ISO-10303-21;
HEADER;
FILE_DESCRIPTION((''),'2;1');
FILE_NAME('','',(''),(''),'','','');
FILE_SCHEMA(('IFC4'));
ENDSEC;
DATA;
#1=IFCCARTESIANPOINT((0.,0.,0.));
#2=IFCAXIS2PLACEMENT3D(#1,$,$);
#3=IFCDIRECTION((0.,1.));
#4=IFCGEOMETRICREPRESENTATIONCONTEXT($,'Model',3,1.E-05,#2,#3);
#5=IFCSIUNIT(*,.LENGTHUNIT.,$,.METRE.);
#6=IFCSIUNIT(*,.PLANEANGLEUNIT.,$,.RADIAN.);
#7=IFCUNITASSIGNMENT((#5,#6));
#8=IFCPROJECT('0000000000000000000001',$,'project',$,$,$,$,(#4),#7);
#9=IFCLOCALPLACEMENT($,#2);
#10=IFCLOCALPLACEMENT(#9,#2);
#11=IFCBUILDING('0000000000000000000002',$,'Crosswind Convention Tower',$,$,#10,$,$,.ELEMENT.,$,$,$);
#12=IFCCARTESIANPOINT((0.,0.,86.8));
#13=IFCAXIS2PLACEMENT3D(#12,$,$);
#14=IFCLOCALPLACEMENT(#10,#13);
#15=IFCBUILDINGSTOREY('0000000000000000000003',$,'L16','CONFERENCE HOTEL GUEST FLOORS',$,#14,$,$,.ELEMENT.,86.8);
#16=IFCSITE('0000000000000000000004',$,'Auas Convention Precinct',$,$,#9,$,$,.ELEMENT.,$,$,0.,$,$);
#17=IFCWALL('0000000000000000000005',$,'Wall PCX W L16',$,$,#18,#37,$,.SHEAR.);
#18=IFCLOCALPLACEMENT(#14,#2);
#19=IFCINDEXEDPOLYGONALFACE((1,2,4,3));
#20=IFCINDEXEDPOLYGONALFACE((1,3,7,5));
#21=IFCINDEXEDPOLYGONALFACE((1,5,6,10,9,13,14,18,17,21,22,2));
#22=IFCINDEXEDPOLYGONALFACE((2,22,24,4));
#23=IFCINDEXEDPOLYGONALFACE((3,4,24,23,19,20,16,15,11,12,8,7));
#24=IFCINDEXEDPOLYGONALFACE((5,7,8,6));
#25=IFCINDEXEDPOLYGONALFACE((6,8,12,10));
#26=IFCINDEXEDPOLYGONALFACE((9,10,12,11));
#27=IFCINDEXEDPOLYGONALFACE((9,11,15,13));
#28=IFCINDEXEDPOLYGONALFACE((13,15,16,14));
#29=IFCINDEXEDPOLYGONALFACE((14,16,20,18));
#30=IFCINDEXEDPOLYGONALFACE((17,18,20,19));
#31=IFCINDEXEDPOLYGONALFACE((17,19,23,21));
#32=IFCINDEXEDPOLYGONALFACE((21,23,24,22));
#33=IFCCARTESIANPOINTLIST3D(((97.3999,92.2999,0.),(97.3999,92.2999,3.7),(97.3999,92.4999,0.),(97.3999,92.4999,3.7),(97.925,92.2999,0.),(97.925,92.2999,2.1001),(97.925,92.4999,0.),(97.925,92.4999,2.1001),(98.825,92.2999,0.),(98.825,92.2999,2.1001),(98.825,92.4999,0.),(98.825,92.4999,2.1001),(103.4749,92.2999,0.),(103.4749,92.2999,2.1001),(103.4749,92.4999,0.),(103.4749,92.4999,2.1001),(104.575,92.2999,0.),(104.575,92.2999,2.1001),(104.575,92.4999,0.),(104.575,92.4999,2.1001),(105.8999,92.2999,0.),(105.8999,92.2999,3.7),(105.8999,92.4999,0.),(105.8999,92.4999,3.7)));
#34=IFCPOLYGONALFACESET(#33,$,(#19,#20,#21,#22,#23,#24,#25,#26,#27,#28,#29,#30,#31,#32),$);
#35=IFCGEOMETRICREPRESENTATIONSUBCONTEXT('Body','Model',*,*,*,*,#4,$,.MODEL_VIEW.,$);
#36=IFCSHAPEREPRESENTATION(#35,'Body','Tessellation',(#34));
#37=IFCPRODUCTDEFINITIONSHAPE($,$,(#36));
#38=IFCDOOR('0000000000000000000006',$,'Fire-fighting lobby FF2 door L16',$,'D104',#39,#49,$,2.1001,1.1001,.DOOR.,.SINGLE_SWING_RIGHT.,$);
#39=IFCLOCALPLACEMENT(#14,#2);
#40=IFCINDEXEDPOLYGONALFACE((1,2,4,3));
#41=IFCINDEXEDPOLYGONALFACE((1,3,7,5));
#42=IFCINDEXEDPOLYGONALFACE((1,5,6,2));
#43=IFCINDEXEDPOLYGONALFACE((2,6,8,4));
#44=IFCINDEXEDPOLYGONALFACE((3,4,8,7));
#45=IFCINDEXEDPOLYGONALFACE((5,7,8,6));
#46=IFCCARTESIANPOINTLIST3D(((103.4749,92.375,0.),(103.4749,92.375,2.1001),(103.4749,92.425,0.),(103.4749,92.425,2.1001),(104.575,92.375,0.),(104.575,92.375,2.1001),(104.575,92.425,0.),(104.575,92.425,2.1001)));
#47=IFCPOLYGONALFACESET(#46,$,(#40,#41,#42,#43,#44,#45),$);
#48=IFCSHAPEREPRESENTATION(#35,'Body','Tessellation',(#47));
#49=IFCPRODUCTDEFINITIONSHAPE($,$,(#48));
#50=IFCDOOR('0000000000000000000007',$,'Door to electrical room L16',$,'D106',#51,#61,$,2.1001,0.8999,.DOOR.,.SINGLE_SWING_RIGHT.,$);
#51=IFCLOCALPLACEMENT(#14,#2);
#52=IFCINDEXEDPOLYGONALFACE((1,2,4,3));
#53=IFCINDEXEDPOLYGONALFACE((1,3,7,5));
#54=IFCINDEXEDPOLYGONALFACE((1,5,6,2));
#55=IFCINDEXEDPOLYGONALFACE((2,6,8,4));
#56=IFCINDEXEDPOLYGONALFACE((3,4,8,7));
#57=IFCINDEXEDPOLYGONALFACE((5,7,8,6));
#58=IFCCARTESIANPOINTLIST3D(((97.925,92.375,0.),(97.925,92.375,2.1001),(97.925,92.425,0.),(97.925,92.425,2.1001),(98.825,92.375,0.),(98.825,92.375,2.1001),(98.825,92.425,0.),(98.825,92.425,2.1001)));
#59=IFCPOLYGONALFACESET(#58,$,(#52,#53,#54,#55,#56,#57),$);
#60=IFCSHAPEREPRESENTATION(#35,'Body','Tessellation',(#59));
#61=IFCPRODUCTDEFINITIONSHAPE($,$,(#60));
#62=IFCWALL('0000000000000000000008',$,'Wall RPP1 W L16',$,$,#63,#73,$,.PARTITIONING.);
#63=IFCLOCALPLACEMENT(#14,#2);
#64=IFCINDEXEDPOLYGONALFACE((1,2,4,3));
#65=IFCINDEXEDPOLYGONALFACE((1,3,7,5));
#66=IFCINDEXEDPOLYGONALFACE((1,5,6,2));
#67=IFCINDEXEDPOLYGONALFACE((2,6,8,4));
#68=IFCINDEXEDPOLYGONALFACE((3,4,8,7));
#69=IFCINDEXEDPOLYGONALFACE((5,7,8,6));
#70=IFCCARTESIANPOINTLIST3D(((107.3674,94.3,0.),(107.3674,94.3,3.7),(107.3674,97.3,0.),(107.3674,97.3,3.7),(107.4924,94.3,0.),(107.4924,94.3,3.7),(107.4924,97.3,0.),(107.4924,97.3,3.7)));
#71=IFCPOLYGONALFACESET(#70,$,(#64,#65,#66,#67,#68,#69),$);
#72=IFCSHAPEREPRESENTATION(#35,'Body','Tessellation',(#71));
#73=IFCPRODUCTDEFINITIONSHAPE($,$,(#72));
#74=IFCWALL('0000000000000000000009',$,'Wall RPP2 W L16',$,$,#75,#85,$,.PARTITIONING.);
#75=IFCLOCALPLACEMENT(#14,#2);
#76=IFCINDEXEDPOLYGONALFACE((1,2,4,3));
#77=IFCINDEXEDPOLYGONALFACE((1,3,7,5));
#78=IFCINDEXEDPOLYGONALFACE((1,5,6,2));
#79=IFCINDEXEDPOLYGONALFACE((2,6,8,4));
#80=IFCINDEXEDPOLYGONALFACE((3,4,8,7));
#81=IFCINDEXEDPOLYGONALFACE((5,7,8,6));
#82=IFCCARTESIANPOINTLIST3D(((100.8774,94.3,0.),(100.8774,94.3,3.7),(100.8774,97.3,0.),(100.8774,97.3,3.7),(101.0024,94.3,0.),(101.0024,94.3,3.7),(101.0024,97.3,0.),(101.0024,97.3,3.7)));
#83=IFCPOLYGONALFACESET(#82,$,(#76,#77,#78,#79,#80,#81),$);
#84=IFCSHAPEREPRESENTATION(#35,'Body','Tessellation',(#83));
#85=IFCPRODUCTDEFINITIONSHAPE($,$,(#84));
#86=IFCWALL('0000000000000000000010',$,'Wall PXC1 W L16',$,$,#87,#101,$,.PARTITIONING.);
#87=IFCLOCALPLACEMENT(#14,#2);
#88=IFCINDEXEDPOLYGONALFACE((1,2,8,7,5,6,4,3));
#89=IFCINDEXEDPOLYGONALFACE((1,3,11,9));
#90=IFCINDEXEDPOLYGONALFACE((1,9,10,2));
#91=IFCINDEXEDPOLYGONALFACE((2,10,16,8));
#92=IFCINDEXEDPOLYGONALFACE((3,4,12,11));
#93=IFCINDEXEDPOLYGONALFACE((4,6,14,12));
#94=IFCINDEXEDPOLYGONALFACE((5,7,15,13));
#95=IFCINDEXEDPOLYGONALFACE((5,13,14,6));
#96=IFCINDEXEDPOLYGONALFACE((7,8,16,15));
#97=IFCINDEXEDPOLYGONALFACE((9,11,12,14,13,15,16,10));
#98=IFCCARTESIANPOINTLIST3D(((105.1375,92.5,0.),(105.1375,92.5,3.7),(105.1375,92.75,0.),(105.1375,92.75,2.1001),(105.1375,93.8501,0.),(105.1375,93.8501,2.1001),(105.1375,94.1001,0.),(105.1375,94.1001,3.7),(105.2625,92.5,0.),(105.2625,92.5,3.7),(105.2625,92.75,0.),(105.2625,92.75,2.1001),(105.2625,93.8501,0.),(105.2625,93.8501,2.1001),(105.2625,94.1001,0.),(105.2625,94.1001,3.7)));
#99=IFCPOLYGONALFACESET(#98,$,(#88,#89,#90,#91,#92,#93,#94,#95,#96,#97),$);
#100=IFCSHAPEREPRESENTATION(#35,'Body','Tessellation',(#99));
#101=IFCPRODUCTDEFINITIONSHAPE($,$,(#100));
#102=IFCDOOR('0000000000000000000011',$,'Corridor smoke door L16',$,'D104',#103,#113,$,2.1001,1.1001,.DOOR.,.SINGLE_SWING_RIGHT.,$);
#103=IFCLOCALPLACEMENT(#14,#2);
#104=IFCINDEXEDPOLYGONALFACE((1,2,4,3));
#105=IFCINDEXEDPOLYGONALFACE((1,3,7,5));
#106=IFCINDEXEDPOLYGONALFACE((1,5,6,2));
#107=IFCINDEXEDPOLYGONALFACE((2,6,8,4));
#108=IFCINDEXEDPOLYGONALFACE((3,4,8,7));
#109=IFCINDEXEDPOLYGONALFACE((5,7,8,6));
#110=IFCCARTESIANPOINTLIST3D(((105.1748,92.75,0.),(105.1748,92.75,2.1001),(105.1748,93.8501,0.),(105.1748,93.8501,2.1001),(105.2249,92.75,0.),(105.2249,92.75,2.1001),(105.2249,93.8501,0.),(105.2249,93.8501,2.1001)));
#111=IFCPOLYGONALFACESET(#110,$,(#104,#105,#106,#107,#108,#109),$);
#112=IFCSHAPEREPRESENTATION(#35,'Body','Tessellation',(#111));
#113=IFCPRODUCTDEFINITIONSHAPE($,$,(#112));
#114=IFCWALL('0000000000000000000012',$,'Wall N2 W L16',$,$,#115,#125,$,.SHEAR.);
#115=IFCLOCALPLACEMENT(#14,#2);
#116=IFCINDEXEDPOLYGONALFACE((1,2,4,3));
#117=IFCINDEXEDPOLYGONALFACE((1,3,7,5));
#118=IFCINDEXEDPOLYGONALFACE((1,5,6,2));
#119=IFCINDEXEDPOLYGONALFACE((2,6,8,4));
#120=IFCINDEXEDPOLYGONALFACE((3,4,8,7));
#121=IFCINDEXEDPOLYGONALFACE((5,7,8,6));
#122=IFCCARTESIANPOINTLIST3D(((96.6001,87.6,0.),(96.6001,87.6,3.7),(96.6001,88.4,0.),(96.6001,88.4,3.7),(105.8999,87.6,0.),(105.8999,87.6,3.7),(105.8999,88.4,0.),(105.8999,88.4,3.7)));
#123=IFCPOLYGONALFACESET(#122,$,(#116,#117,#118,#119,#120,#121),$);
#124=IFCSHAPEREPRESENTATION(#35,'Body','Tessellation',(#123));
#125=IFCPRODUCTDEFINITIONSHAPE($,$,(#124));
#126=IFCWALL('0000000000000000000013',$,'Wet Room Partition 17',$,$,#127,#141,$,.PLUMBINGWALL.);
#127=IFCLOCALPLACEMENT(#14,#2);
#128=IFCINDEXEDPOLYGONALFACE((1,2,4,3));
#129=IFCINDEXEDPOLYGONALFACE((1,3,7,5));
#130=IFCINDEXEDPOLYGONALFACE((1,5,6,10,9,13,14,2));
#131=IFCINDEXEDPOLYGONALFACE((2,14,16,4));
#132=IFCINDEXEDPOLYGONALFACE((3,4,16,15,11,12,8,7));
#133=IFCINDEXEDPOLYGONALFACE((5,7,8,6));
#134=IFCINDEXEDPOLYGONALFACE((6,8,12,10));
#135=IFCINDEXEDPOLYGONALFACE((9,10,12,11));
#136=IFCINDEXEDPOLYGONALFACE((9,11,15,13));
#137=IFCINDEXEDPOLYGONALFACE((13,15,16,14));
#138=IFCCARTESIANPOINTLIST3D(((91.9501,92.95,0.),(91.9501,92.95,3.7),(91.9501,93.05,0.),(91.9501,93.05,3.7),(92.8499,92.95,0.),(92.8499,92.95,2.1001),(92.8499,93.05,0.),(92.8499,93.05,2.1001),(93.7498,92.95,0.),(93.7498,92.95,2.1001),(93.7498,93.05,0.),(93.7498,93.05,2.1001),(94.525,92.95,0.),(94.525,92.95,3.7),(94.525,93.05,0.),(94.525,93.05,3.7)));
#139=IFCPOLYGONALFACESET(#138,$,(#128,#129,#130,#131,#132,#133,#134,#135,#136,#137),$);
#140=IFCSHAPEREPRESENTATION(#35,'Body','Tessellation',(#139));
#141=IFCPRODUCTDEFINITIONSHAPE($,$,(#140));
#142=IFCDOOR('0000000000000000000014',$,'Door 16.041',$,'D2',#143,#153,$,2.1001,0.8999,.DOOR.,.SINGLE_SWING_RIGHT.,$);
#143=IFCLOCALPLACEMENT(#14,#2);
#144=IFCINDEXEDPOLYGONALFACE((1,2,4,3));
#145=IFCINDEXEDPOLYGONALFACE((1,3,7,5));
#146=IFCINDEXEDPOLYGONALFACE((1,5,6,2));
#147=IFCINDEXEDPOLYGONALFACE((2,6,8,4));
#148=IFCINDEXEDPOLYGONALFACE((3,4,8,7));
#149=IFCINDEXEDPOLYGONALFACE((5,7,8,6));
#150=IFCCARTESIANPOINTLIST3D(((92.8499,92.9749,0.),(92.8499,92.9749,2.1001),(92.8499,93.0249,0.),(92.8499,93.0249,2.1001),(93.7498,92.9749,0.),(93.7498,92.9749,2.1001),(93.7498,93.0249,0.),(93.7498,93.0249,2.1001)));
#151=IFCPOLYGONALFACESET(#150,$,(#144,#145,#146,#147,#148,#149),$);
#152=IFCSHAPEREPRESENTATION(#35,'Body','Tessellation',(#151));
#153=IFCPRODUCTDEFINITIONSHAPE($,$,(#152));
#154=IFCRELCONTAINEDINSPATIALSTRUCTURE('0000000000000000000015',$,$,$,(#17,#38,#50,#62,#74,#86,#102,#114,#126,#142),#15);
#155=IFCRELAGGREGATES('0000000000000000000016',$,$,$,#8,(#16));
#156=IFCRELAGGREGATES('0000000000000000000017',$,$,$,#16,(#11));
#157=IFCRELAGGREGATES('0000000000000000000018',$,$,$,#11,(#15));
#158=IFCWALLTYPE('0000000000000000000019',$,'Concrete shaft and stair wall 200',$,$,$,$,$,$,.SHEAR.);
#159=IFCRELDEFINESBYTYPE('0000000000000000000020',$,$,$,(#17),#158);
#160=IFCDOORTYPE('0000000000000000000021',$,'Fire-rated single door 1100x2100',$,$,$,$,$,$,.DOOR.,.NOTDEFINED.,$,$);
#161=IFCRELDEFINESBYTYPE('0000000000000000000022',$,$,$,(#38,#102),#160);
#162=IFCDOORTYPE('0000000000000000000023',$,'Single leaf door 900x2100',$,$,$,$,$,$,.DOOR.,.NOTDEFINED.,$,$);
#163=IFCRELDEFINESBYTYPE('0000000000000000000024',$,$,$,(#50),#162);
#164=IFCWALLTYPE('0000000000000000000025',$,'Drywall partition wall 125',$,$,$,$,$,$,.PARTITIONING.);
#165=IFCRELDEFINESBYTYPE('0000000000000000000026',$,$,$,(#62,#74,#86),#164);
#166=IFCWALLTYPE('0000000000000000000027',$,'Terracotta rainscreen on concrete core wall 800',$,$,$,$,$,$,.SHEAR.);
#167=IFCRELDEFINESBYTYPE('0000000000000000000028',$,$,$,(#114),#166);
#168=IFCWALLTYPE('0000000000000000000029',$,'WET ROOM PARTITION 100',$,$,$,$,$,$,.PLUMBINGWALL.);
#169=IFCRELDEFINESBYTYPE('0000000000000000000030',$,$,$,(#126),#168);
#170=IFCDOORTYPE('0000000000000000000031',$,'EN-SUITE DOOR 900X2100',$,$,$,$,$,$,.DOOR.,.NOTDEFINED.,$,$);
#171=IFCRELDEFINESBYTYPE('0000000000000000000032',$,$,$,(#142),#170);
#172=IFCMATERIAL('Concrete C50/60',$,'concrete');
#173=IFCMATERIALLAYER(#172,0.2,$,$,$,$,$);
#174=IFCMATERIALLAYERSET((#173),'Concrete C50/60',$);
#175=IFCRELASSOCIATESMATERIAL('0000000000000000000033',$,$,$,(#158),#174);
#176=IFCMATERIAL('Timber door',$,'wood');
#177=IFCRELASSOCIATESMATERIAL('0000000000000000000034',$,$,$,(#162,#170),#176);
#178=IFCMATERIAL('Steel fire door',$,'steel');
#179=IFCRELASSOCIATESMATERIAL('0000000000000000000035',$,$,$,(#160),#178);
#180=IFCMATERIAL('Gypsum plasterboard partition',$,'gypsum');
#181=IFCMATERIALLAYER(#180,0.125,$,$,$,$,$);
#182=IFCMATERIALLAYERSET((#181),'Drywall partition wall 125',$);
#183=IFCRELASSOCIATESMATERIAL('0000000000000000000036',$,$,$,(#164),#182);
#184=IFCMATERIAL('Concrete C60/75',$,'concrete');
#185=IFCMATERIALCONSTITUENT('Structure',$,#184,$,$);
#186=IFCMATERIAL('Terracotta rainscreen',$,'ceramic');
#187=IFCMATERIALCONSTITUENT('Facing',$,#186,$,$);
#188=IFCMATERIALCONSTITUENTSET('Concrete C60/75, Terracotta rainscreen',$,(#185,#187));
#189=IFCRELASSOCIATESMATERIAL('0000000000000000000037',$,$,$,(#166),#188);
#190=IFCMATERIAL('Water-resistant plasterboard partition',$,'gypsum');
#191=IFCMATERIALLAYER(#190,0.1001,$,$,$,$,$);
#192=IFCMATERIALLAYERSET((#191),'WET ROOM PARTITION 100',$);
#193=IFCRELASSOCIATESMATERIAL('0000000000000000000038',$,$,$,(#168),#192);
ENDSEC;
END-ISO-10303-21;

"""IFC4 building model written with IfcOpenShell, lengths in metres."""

from ifc_helpers import new_model, si_unit, direction, frame, frame_2d, origin, place, context, subcontext, project, spatial, rectangle, extrude, material, layer, layer_set, constituent, constituent_set, type_object, element, fill, save


model = new_model("IFC4")

# Units and contexts
model_context = context("Model", 3, precision=1e-05, world=origin(), true_north=direction((0.0, 1.0)))
body_context = subcontext(model_context, "Body", "Model", "MODEL_VIEW")
ifc_project = project(units=[si_unit("LENGTHUNIT", "METRE"), si_unit("PLANEANGLEUNIT", "RADIAN")], contexts=[model_context])

# Site, building, storey
site_placement = place(None, origin())
site = spatial("IfcSite", under=ifc_project, at=site_placement, Name="Auas Convention Precinct", CompositionType="ELEMENT", RefElevation=0.0)
building_placement = place(site_placement, origin())
building = spatial("IfcBuilding", under=site, at=building_placement, Name="Crosswind Convention Tower", CompositionType="ELEMENT")
storey_placement = place(building_placement, frame((0.0, 0.0, 86.8)))
storey = spatial("IfcBuildingStorey", under=building, at=storey_placement, Name="L16", Description="CONFERENCE HOTEL GUEST FLOORS", CompositionType="ELEMENT", Elevation=86.8)

# Shared definitions
ifc_material_1 = material(Name="Concrete C50/60", Category="concrete")
ifc_layer_1 = layer(ifc_material_1, 0.2)
ifc_layer_set_1 = layer_set([ifc_layer_1], Name="Concrete C50/60")
wall_type_1 = type_object("IfcWallType", Name="Concrete shaft and stair wall 200", PredefinedType="SHEAR", material=ifc_layer_set_1)

# Shared definitions
ifc_material_2 = material(Name="Timber door", Category="wood")
door_type_1 = type_object("IfcDoorType", Name="Single leaf door 900x2100", OperationType="NOTDEFINED", PredefinedType="DOOR", material=ifc_material_2)

# Wall, openings, doors
wall_1_placement = place(storey_placement, frame((105.8999, 92.3999, 0.0), z_axis=(0.0, 0.0, 1.0), x_axis=(-1.0, 0.0, 0.0)))
wall_1 = element("IfcWall", 1, at=wall_1_placement, inside=storey, type_object=wall_type_1, Name="Wall PCX W L16", PredefinedType="SHEAR", context=body_context, shape_type="SweptSolid", body=[
    extrude(rectangle(XDim=8.5, YDim=0.2, at=frame_2d((4.25, 0.0))), origin(), (0.0, 0.0, 1.0), 3.7),
])
opening_1_placement = place(wall_1_placement, frame((1.325, 0.0, 0.0)))
opening_1 = element("IfcOpeningElement", 2, at=opening_1_placement, cuts=wall_1, PredefinedType="OPENING", context=body_context, shape_type="SweptSolid", body=[
    extrude(rectangle(XDim=1.1001, YDim=2.1001, at=frame_2d((0.55, 1.05))), frame((0.0, 0.1099, 0.0), z_axis=(0.0, -1.0, 0.0), x_axis=(1.0, 0.0, 0.0)), (0.0, 0.0, 1.0), 0.22),
])
opening_2_placement = place(wall_1_placement, frame((7.075, 0.0, 0.0)))
opening_2 = element("IfcOpeningElement", 3, at=opening_2_placement, cuts=wall_1, PredefinedType="OPENING", context=body_context, shape_type="SweptSolid", body=[
    extrude(rectangle(XDim=0.8999, YDim=2.1001, at=frame_2d((0.45, 1.05))), frame((0.0, 0.1099, 0.0), z_axis=(0.0, -1.0, 0.0), x_axis=(1.0, 0.0, 0.0)), (0.0, 0.0, 1.0), 0.22),
])
ifc_material_3 = material(Name="Steel fire door", Category="steel")
door_type_2 = type_object("IfcDoorType", Name="Fire-rated single door 1100x2100", OperationType="NOTDEFINED", PredefinedType="DOOR", material=ifc_material_3)
door_1_placement = place(opening_1_placement, origin())
door_1 = element("IfcDoor", 4, at=door_1_placement, inside=storey, type_object=door_type_2, Name="Fire-fighting lobby FF2 door L16", ObjectType="D104", OperationType="SINGLE_SWING_RIGHT", OverallHeight=2.1001, OverallWidth=1.1001, PredefinedType="DOOR", context=body_context, shape_type="SweptSolid", body=[
    extrude(rectangle(XDim=1.1001, YDim=2.1001, at=frame_2d((0.55, 1.05))), frame((0.0, 0.0249, 0.0), z_axis=(0.0, -1.0, 0.0), x_axis=(1.0, 0.0, 0.0)), (0.0, 0.0, 1.0), 0.05),
])
fill(opening_1, door_1)
door_2_placement = place(opening_2_placement, origin())
door_2 = element("IfcDoor", 5, at=door_2_placement, inside=storey, type_object=door_type_1, Name="Door to electrical room L16", ObjectType="D106", OperationType="SINGLE_SWING_RIGHT", OverallHeight=2.1001, OverallWidth=0.8999, PredefinedType="DOOR", context=body_context, shape_type="SweptSolid", body=[
    extrude(rectangle(XDim=0.8999, YDim=2.1001, at=frame_2d((0.45, 1.05))), frame((0.0, 0.0249, 0.0), z_axis=(0.0, -1.0, 0.0), x_axis=(1.0, 0.0, 0.0)), (0.0, 0.0, 1.0), 0.05),
])
fill(opening_2, door_2)

# Walls
ifc_material_4 = material(Name="Gypsum plasterboard partition", Category="gypsum")
ifc_layer_2 = layer(ifc_material_4, 0.125)
ifc_layer_set_2 = layer_set([ifc_layer_2], Name="Drywall partition wall 125")
wall_type_2 = type_object("IfcWallType", Name="Drywall partition wall 125", PredefinedType="PARTITIONING", material=ifc_layer_set_2)
for number, where, z_axis, x_axis, name in (
    (6, (107.4299, 97.3, 0.0), (0.0, 0.0, 1.0), (0.0, -1.0, 0.0), "Wall RPP1 W L16"),
    (7, (100.9399, 97.3, 0.0), (0.0, 0.0, 1.0), (0.0, -1.0, 0.0), "Wall RPP2 W L16"),
):
    element("IfcWall", number, at=place(storey_placement, frame(where, z_axis=z_axis, x_axis=x_axis)), inside=storey, type_object=wall_type_2, Name=name, PredefinedType="PARTITIONING", context=body_context, shape_type="SweptSolid", body=[
        extrude(rectangle(XDim=3.0, YDim=0.125, at=frame_2d((1.5, 0.0))), origin(), (0.0, 0.0, 1.0), 3.7),
    ])

# Wall, opening, door
wall_2_placement = place(storey_placement, frame((105.2, 94.1001, 0.0), z_axis=(0.0, 0.0, 1.0), x_axis=(0.0, -1.0, 0.0)))
wall_2 = element("IfcWall", 8, at=wall_2_placement, inside=storey, type_object=wall_type_2, Name="Wall PXC1 W L16", PredefinedType="PARTITIONING", context=body_context, shape_type="SweptSolid", body=[
    extrude(rectangle(XDim=1.6001, YDim=0.125, at=frame_2d((0.8, 0.0))), origin(), (0.0, 0.0, 1.0), 3.7),
])
opening_3_placement = place(wall_2_placement, frame((0.25, 0.0, 0.0)))
opening_3 = element("IfcOpeningElement", 9, at=opening_3_placement, cuts=wall_2, PredefinedType="OPENING", context=body_context, shape_type="SweptSolid", body=[
    extrude(rectangle(XDim=1.1001, YDim=2.1001, at=frame_2d((0.55, 1.05))), frame((0.0, 0.0725, 0.0), z_axis=(0.0, -1.0, 0.0), x_axis=(1.0, 0.0, 0.0)), (0.0, 0.0, 1.0), 0.145),
])
door_3_placement = place(opening_3_placement, origin())
door_3 = element("IfcDoor", 10, at=door_3_placement, inside=storey, type_object=door_type_2, Name="Corridor smoke door L16", ObjectType="D104", OperationType="SINGLE_SWING_RIGHT", OverallHeight=2.1001, OverallWidth=1.1001, PredefinedType="DOOR", context=body_context, shape_type="SweptSolid", body=[
    extrude(rectangle(XDim=1.1001, YDim=2.1001, at=frame_2d((0.55, 1.05))), frame((0.0, 0.0249, 0.0), z_axis=(0.0, -1.0, 0.0), x_axis=(1.0, 0.0, 0.0)), (0.0, 0.0, 1.0), 0.05),
])
fill(opening_3, door_3)

# Wall
ifc_material_5 = material(Name="Concrete C60/75", Category="concrete")
ifc_constituent_1 = constituent(ifc_material_5, Name="Structure")
ifc_material_6 = material(Name="Terracotta rainscreen", Category="ceramic")
ifc_constituent_2 = constituent(ifc_material_6, Name="Facing")
ifc_constituent_set = constituent_set(constituents=[ifc_constituent_1, ifc_constituent_2], Name="Concrete C60/75, Terracotta rainscreen")
wall_type_3 = type_object("IfcWallType", Name="Terracotta rainscreen on concrete core wall 800", PredefinedType="SHEAR", material=ifc_constituent_set)
wall_3_placement = place(storey_placement, frame((105.8999, 88.0, 0.0), z_axis=(0.0, 0.0, 1.0), x_axis=(-1.0, 0.0, 0.0)))
element("IfcWall", 11, at=wall_3_placement, inside=storey, type_object=wall_type_3, Name="Wall N2 W L16", PredefinedType="SHEAR", context=body_context, shape_type="SweptSolid", body=[
    extrude(rectangle(XDim=9.2998, YDim=0.8, at=frame_2d((4.6499, 0.0))), origin(), (0.0, 0.0, 1.0), 3.7),
])

# Wall, opening, door
ifc_material_7 = material(Name="Water-resistant plasterboard partition", Category="gypsum")
ifc_layer_3 = layer(ifc_material_7, 0.1001)
ifc_layer_set_3 = layer_set([ifc_layer_3], Name="WET ROOM PARTITION 100")
wall_type_4 = type_object("IfcWallType", Name="WET ROOM PARTITION 100", PredefinedType="PLUMBINGWALL", material=ifc_layer_set_3)
wall_4_placement = place(storey_placement, frame((91.95, 93.0, 0.0), z_axis=(0.0, 0.0, 1.0), x_axis=(1.0, 0.0, 0.0)))
wall_4 = element("IfcWall", 12, at=wall_4_placement, inside=storey, type_object=wall_type_4, Name="Wet Room Partition 17", PredefinedType="PLUMBINGWALL", context=body_context, shape_type="SweptSolid", body=[
    extrude(rectangle(XDim=2.575, YDim=0.1001, at=frame_2d((1.2876, 0.0))), origin(), (0.0, 0.0, 1.0), 3.7),
])
opening_4_placement = place(wall_4_placement, frame((0.8999, 0.0, 0.0)))
opening_4 = element("IfcOpeningElement", 13, at=opening_4_placement, cuts=wall_4, PredefinedType="OPENING", context=body_context, shape_type="SweptSolid", body=[
    extrude(rectangle(XDim=0.8999, YDim=2.1001, at=frame_2d((0.45, 1.05))), frame((0.0, 0.0601, 0.0), z_axis=(0.0, -1.0, 0.0), x_axis=(1.0, 0.0, 0.0)), (0.0, 0.0, 1.0), 0.1201),
])
door_type_3 = type_object("IfcDoorType", Name="EN-SUITE DOOR 900X2100", OperationType="NOTDEFINED", PredefinedType="DOOR", material=ifc_material_2)
door_4_placement = place(opening_4_placement, origin())
door_4 = element("IfcDoor", 14, at=door_4_placement, inside=storey, type_object=door_type_3, Name="Door 16.041", ObjectType="D2", OperationType="SINGLE_SWING_RIGHT", OverallHeight=2.1001, OverallWidth=0.8999, PredefinedType="DOOR", context=body_context, shape_type="SweptSolid", body=[
    extrude(rectangle(XDim=0.8999, YDim=2.1001, at=frame_2d((0.45, 1.05))), frame((0.0, 0.0249, 0.0), z_axis=(0.0, -1.0, 0.0), x_axis=(1.0, 0.0, 0.0)), (0.0, 0.0, 1.0), 0.05),
])
fill(opening_4, door_4)

save(model, "model.ifc")
